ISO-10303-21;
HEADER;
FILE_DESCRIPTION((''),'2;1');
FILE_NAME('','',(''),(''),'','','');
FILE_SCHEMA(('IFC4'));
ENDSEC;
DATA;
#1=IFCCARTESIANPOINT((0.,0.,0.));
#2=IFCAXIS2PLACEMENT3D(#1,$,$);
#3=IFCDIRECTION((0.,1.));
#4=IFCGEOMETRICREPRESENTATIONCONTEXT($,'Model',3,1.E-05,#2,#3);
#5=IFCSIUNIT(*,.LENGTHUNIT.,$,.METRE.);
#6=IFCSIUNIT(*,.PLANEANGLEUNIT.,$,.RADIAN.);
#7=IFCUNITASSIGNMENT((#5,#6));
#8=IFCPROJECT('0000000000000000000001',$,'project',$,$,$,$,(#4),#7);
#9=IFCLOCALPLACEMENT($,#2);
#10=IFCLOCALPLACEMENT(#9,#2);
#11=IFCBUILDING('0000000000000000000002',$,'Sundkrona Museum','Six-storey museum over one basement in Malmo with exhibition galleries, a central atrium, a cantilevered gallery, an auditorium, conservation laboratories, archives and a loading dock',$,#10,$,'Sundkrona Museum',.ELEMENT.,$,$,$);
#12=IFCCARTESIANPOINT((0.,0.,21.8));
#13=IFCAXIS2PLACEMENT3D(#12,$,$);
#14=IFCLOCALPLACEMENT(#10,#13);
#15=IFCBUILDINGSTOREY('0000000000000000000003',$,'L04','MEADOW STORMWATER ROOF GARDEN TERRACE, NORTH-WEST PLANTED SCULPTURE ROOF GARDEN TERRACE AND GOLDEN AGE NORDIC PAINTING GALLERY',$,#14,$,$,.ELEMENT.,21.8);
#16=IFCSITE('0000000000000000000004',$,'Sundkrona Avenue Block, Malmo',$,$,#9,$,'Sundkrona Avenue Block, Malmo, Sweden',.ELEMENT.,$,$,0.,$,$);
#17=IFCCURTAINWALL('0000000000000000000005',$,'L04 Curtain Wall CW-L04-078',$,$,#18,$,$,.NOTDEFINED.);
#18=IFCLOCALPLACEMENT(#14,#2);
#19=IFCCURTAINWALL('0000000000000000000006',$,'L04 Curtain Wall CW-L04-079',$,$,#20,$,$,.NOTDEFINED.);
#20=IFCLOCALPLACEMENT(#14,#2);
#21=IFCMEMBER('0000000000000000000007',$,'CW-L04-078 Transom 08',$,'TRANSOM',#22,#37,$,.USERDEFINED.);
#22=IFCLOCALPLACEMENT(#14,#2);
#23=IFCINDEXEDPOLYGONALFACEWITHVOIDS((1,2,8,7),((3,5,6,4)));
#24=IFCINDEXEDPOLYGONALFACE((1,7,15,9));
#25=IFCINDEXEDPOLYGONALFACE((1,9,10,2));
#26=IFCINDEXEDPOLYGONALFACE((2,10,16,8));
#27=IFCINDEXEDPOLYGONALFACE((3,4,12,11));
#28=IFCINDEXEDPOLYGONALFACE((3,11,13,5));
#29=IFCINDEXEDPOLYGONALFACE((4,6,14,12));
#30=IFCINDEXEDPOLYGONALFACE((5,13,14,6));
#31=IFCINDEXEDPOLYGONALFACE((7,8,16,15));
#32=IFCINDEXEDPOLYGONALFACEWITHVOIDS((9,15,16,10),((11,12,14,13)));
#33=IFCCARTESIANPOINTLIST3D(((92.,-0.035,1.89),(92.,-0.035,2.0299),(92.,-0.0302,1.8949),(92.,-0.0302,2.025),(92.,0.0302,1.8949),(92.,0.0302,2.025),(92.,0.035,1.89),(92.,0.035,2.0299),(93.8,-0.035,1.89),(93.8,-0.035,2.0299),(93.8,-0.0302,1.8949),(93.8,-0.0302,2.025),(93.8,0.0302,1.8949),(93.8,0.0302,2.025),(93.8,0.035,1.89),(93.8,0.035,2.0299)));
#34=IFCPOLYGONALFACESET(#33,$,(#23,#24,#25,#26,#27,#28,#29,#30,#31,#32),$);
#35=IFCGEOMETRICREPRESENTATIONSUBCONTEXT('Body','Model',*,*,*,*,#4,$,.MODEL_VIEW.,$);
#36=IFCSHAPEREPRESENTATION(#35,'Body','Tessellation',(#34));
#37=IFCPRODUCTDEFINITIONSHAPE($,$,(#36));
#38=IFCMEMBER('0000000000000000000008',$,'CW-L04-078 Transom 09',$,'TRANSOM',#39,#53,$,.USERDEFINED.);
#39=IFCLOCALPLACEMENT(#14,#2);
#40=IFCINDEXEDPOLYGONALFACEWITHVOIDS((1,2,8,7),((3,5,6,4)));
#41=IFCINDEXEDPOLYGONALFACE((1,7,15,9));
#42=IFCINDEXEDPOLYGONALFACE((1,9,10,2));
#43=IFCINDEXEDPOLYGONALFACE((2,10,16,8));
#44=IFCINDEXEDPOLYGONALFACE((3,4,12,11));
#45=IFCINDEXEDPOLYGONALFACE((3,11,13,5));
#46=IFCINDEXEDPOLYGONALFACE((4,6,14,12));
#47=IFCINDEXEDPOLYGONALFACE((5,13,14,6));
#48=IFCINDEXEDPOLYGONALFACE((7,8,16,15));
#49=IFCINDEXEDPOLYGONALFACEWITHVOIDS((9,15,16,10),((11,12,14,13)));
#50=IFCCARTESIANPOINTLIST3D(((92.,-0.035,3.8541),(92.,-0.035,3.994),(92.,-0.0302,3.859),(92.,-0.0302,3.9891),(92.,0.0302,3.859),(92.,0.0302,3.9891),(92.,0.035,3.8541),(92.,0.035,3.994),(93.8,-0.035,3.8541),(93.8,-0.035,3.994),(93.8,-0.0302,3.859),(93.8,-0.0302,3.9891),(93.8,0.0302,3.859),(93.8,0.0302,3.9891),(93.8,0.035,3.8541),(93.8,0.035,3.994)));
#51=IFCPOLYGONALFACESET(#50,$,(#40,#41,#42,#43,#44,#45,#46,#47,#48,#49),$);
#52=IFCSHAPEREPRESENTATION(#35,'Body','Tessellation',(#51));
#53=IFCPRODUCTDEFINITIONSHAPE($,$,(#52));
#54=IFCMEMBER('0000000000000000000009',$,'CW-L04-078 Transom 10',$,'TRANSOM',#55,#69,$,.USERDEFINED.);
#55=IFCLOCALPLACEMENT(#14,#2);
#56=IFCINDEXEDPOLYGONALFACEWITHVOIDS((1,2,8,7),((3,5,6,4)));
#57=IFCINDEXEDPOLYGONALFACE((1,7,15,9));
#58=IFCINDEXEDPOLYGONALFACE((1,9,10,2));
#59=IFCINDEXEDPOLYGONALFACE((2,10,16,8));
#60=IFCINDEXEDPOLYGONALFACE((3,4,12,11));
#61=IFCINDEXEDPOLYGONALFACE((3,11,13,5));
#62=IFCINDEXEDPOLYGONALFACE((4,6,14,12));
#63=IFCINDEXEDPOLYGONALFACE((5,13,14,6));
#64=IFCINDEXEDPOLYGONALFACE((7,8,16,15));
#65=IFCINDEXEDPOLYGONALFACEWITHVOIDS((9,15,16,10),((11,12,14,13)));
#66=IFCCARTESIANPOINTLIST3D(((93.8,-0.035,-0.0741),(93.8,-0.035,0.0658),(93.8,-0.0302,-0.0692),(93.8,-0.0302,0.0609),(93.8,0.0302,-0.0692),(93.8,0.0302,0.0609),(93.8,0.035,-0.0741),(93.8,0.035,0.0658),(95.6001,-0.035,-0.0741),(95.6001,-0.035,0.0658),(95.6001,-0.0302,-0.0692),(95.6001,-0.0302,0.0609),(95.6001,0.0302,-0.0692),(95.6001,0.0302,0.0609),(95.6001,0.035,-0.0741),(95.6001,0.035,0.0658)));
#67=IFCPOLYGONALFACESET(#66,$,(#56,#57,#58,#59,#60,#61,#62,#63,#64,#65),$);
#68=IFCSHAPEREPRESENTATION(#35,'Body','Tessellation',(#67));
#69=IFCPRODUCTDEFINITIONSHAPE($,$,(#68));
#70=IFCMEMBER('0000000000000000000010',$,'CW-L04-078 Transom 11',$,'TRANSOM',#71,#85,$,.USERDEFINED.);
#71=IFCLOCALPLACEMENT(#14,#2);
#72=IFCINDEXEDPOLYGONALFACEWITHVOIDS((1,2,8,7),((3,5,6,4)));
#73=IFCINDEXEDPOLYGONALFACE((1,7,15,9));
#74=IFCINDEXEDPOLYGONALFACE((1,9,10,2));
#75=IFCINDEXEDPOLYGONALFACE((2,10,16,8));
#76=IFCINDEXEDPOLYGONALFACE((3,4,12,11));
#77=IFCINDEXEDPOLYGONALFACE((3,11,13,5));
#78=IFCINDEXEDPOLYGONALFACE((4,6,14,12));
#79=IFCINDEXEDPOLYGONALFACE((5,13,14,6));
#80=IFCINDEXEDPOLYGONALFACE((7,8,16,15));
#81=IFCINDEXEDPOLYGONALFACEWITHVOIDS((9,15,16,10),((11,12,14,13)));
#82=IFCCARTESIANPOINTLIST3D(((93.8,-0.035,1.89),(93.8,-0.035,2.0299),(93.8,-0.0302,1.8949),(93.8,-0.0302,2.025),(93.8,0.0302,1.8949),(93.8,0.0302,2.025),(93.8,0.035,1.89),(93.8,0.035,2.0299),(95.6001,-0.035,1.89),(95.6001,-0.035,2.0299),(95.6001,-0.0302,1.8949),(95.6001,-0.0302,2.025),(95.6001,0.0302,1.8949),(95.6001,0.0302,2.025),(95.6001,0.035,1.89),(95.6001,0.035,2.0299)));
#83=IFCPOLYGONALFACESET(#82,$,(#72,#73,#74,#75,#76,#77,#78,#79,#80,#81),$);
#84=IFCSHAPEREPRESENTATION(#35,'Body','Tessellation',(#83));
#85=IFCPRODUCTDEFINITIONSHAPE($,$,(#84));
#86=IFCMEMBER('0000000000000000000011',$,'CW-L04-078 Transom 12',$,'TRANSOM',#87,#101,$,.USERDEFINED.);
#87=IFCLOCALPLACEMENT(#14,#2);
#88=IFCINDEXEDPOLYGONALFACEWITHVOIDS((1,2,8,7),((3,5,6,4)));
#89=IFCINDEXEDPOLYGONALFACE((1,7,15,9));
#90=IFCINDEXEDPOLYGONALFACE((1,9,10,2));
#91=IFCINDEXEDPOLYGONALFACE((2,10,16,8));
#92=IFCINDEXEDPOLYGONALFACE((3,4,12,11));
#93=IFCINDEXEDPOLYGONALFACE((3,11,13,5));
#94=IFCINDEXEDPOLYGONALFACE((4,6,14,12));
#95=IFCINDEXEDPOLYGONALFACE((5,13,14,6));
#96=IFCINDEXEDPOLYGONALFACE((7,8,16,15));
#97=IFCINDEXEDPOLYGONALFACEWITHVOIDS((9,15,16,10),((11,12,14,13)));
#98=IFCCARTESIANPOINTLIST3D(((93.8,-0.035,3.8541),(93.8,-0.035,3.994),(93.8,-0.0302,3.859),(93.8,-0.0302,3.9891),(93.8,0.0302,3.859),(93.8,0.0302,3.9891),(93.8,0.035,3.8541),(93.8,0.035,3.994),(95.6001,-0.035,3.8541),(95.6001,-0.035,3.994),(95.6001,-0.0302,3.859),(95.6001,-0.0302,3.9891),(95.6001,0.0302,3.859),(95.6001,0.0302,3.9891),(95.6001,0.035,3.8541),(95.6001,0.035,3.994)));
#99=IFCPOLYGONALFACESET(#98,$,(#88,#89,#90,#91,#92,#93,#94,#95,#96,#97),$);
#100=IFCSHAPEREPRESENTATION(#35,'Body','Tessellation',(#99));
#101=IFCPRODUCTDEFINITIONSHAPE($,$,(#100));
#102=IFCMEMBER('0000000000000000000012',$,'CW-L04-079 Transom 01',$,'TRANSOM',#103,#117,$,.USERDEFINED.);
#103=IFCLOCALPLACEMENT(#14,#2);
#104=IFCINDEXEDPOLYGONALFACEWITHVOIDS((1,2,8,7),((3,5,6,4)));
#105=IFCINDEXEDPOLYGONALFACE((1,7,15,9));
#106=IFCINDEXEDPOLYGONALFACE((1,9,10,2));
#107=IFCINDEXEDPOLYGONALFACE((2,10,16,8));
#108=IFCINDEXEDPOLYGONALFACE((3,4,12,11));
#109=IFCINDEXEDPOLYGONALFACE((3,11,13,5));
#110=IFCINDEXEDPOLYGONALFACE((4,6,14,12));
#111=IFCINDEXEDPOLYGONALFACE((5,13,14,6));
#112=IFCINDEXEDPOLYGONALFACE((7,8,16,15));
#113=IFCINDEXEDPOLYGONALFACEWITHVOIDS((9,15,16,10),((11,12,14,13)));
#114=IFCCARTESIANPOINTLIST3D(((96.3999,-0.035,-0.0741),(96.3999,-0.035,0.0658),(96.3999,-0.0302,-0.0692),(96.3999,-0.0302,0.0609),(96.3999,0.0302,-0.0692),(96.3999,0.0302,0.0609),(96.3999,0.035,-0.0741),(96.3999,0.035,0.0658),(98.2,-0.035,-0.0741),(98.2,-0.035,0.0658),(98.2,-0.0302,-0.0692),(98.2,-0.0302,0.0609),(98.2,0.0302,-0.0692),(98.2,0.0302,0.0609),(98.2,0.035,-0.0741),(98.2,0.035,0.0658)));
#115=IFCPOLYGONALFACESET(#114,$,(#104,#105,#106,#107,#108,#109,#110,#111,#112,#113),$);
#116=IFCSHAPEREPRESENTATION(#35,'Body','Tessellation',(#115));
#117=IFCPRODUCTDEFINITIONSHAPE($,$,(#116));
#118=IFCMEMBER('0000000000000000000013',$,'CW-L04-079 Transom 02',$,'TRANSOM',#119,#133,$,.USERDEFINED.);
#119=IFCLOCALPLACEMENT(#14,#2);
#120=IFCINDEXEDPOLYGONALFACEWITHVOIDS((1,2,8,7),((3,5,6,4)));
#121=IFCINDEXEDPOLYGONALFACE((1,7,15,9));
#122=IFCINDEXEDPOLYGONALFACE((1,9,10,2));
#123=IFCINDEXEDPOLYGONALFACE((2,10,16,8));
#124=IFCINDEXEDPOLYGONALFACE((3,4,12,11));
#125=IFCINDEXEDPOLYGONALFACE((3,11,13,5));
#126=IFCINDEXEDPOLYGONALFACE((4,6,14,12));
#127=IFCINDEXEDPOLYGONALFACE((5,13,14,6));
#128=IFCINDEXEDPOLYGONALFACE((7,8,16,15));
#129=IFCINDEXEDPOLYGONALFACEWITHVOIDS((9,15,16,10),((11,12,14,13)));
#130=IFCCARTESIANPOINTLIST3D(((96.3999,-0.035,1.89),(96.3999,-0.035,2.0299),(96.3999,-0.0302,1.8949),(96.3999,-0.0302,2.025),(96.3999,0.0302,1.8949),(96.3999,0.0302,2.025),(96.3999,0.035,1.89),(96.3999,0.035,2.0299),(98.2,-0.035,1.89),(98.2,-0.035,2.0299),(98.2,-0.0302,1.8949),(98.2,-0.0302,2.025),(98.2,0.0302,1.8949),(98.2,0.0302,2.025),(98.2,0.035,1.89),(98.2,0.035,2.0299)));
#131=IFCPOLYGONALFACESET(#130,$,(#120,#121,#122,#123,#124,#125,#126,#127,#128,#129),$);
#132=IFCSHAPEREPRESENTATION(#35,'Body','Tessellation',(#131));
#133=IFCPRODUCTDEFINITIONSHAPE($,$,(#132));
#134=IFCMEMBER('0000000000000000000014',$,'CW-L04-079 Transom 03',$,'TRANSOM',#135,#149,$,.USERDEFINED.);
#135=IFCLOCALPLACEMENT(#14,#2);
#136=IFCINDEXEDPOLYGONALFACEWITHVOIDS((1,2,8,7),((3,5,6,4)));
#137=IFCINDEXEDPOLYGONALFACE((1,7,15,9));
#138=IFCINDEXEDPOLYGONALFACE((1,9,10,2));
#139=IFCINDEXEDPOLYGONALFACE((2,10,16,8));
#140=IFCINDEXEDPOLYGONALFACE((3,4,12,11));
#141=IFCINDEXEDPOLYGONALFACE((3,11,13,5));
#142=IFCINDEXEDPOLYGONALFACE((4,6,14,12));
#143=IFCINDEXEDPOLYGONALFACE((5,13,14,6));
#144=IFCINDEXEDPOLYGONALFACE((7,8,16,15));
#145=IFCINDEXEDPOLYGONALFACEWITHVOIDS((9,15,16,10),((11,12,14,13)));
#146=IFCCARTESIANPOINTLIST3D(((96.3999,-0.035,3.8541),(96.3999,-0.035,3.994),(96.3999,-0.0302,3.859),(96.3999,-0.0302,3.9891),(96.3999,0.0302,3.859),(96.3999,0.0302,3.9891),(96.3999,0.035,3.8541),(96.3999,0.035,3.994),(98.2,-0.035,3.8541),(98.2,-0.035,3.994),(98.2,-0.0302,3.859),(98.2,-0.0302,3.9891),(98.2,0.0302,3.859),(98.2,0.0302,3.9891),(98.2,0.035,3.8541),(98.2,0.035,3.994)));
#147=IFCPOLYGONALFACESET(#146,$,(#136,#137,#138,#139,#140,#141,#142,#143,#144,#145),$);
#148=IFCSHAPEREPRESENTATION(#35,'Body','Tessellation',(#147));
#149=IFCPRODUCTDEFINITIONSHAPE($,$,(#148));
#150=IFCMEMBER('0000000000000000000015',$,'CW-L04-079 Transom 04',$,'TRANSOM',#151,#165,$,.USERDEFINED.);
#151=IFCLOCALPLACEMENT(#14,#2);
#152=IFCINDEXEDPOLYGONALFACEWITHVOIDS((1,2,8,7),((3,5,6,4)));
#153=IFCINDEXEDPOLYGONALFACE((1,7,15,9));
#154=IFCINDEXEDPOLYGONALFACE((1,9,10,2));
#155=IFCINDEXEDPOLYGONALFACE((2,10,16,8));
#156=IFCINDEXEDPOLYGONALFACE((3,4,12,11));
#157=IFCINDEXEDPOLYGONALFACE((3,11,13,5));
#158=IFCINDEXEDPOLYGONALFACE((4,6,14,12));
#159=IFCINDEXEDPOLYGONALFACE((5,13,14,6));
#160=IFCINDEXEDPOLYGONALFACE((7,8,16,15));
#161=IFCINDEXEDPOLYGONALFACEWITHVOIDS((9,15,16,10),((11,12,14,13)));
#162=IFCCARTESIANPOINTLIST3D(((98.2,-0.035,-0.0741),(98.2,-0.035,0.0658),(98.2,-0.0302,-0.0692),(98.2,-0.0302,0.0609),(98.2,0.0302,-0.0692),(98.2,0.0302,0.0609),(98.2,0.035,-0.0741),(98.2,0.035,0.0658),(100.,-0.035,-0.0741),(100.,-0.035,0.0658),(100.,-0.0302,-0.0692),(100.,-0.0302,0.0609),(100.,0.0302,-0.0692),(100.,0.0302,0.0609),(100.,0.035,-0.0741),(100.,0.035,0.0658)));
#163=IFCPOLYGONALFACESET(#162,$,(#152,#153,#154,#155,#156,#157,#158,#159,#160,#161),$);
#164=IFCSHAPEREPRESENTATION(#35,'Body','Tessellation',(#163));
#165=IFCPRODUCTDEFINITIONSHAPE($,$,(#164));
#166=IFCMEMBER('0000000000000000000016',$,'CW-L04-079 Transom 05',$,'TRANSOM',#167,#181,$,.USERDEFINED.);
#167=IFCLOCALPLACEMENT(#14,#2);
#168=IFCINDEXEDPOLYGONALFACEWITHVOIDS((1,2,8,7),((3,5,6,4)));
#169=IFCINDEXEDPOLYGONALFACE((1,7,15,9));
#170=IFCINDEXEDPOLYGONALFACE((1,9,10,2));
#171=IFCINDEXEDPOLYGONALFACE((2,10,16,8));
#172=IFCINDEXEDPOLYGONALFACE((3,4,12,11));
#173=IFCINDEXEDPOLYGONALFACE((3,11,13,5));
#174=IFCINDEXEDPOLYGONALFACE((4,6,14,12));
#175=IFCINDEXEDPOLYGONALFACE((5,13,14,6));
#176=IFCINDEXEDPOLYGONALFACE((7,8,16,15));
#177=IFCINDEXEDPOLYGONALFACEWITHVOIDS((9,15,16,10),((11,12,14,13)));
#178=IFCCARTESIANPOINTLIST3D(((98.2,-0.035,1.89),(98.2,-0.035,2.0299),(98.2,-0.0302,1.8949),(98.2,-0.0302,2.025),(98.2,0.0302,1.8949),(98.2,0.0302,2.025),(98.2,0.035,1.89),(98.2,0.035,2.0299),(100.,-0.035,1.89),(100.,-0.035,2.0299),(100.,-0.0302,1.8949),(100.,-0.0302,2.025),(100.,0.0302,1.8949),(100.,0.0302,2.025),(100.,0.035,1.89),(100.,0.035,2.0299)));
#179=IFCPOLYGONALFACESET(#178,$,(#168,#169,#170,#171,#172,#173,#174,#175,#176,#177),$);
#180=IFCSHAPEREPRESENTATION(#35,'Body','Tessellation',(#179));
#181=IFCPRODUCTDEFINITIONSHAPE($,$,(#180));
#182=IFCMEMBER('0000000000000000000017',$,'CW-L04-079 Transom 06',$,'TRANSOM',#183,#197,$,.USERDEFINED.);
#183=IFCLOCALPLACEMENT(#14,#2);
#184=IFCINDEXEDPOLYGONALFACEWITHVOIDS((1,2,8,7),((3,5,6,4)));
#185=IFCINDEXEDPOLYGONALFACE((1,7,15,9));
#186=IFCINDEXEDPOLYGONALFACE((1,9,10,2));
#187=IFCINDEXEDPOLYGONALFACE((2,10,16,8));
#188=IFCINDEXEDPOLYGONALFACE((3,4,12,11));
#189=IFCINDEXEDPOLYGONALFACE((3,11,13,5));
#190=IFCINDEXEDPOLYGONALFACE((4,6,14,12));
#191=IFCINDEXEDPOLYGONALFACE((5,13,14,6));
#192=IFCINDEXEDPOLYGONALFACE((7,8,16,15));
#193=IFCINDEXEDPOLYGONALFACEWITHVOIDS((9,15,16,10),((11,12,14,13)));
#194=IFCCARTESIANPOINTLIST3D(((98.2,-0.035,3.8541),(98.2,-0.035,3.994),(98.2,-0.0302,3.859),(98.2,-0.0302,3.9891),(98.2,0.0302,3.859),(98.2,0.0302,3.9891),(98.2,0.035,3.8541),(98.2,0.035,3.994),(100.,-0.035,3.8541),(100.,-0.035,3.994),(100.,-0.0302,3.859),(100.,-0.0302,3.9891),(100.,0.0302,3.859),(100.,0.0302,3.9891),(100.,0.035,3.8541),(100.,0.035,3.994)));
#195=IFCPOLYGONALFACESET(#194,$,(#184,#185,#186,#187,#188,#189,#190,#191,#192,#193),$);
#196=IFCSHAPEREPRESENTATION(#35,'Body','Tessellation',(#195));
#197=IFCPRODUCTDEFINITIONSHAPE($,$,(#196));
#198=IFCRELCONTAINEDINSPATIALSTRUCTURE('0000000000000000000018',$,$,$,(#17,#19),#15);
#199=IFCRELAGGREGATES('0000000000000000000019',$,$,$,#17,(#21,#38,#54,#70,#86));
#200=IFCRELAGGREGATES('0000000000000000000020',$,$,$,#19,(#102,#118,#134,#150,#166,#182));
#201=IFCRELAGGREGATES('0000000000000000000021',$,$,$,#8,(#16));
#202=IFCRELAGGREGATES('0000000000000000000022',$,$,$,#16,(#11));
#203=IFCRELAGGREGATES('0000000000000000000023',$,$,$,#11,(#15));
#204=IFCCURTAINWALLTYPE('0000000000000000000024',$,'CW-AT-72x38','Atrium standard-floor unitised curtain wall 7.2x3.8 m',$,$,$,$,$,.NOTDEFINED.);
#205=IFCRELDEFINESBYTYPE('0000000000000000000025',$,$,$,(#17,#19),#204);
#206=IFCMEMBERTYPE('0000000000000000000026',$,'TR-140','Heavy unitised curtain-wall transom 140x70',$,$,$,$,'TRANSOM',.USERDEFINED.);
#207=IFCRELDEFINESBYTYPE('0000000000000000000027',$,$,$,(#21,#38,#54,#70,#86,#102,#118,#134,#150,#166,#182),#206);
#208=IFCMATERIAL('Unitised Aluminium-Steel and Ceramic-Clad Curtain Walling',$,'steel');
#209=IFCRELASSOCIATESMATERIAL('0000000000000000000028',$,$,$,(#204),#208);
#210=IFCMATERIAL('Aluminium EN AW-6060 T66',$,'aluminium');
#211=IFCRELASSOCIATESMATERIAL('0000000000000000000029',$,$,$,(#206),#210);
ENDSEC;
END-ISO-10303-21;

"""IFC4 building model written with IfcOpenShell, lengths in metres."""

from ifc_helpers import new_model, si_unit, direction, frame, origin, origin_2d, place, context, subcontext, project, spatial, hollow_rectangle, extrude, material, material_profile, profile_set, type_object, element, aggregate, save


model = new_model("IFC4")

# Units and contexts
model_context = context("Model", 3, precision=1e-05, world=origin(), true_north=direction((0.0, 1.0)))
body_context = subcontext(model_context, "Body", "Model", "MODEL_VIEW")
ifc_project = project(units=[si_unit("LENGTHUNIT", "METRE"), si_unit("PLANEANGLEUNIT", "RADIAN")], contexts=[model_context])

# Site, building, storey
site_placement = place(None, origin())
site = spatial("IfcSite", under=ifc_project, at=site_placement, Name="Sundkrona Avenue Block, Malmo", LongName="Sundkrona Avenue Block, Malmo, Sweden", CompositionType="ELEMENT", RefElevation=0.0)
building_placement = place(site_placement, origin())
building = spatial("IfcBuilding", under=site, at=building_placement, Name="Sundkrona Museum", Description="Six-storey museum over one basement in Malmo with exhibition galleries, a central atrium, a cantilevered gallery, an auditorium, conservation laboratories, archives and a loading dock", LongName="Sundkrona Museum", CompositionType="ELEMENT")
storey_placement = place(building_placement, frame((0.0, 0.0, 21.8)))
storey = spatial("IfcBuildingStorey", under=building, at=storey_placement, Name="L04", Description="MEADOW STORMWATER ROOF GARDEN TERRACE, NORTH-WEST PLANTED SCULPTURE ROOF GARDEN TERRACE AND GOLDEN AGE NORDIC PAINTING GALLERY", CompositionType="ELEMENT", Elevation=21.8)

# Curtain walls
ifc_material_1 = material(Name="Unitised Aluminium-Steel and Ceramic-Clad Curtain Walling", Category="steel")
curtain_wall_type = type_object("IfcCurtainWallType", Name="CW-AT-72x38", Description="Atrium standard-floor unitised curtain wall 7.2x3.8 m", PredefinedType="NOTDEFINED", material=ifc_material_1)
curtain_wall_1_placement = place(storey_placement, origin())
curtain_wall_1 = element("IfcCurtainWall", 1, at=curtain_wall_1_placement, inside=storey, type_object=curtain_wall_type, Name="L04 Curtain Wall CW-L04-078", PredefinedType="NOTDEFINED")
ifc_material_2 = material(Name="Aluminium EN AW-6060 T66", Category="aluminium")
curtain_wall_2_placement = place(storey_placement, origin())
curtain_wall_2 = element("IfcCurtainWall", 2, at=curtain_wall_2_placement, inside=storey, type_object=curtain_wall_type, Name="L04 Curtain Wall CW-L04-079", PredefinedType="NOTDEFINED")

# Members
ifc_material_profile_1 = material_profile(ifc_material_2, hollow_rectangle(XDim=0.0701, YDim=0.1399, WallThickness=0.0049, at=origin_2d()), Name="RHS 140x70x5.0")
ifc_profile_set_1 = profile_set([ifc_material_profile_1], Name="Aluminium EN AW-6060 T66")
member_type_1 = type_object("IfcMemberType", Name="TR-140", Description="Heavy unitised curtain-wall transom 140x70", ElementType="TRANSOM", PredefinedType="USERDEFINED", material=ifc_profile_set_1)
member_1_placement = place(storey_placement, frame((92.0, 0.0, 1.96), z_axis=(1.0, 0.0, 0.0), x_axis=(0.0, 1.0, 0.0)))
member_1 = element("IfcMember", 3, at=member_1_placement, type_object=member_type_1, Name="CW-L04-078 Transom 08", ObjectType="TRANSOM", PredefinedType="USERDEFINED", context=body_context, shape_type="SweptSolid", body=[
    extrude(hollow_rectangle(XDim=0.0701, YDim=0.1399, WallThickness=0.0049, at=origin_2d()), origin(), (0.0, 0.0, 1.0), 1.8),
])
member_2_placement = place(storey_placement, frame((92.0, 0.0, 3.9241), z_axis=(1.0, 0.0, 0.0), x_axis=(0.0, 1.0, 0.0)))
member_2 = element("IfcMember", 4, at=member_2_placement, type_object=member_type_1, Name="CW-L04-078 Transom 09", ObjectType="TRANSOM", PredefinedType="USERDEFINED", context=body_context, shape_type="SweptSolid", body=[
    extrude(hollow_rectangle(XDim=0.0701, YDim=0.1399, WallThickness=0.0049, at=origin_2d()), origin(), (0.0, 0.0, 1.0), 1.8),
])
member_3_placement = place(storey_placement, frame((93.8, 0.0, -0.0042), z_axis=(1.0, 0.0, 0.0), x_axis=(0.0, 1.0, 0.0)))
member_3 = element("IfcMember", 5, at=member_3_placement, type_object=member_type_1, Name="CW-L04-078 Transom 10", ObjectType="TRANSOM", PredefinedType="USERDEFINED", context=body_context, shape_type="SweptSolid", body=[
    extrude(hollow_rectangle(XDim=0.0701, YDim=0.1399, WallThickness=0.0049, at=origin_2d()), origin(), (0.0, 0.0, 1.0), 1.8),
])
member_4_placement = place(storey_placement, frame((93.8, 0.0, 1.96), z_axis=(1.0, 0.0, 0.0), x_axis=(0.0, 1.0, 0.0)))
member_4 = element("IfcMember", 6, at=member_4_placement, type_object=member_type_1, Name="CW-L04-078 Transom 11", ObjectType="TRANSOM", PredefinedType="USERDEFINED", context=body_context, shape_type="SweptSolid", body=[
    extrude(hollow_rectangle(XDim=0.0701, YDim=0.1399, WallThickness=0.0049, at=origin_2d()), origin(), (0.0, 0.0, 1.0), 1.8),
])
member_5_placement = place(storey_placement, frame((93.8, 0.0, 3.9241), z_axis=(1.0, 0.0, 0.0), x_axis=(0.0, 1.0, 0.0)))
member_5 = element("IfcMember", 7, at=member_5_placement, type_object=member_type_1, Name="CW-L04-078 Transom 12", ObjectType="TRANSOM", PredefinedType="USERDEFINED", context=body_context, shape_type="SweptSolid", body=[
    extrude(hollow_rectangle(XDim=0.0701, YDim=0.1399, WallThickness=0.0049, at=origin_2d()), origin(), (0.0, 0.0, 1.0), 1.8),
])
member_6_placement = place(storey_placement, frame((96.3999, 0.0, -0.0042), z_axis=(1.0, 0.0, 0.0), x_axis=(0.0, 1.0, 0.0)))
member_6 = element("IfcMember", 8, at=member_6_placement, type_object=member_type_1, Name="CW-L04-079 Transom 01", ObjectType="TRANSOM", PredefinedType="USERDEFINED", context=body_context, shape_type="SweptSolid", body=[
    extrude(hollow_rectangle(XDim=0.0701, YDim=0.1399, WallThickness=0.0049, at=origin_2d()), origin(), (0.0, 0.0, 1.0), 1.8),
])
member_7_placement = place(storey_placement, frame((96.3999, 0.0, 1.96), z_axis=(1.0, 0.0, 0.0), x_axis=(0.0, 1.0, 0.0)))
member_7 = element("IfcMember", 9, at=member_7_placement, type_object=member_type_1, Name="CW-L04-079 Transom 02", ObjectType="TRANSOM", PredefinedType="USERDEFINED", context=body_context, shape_type="SweptSolid", body=[
    extrude(hollow_rectangle(XDim=0.0701, YDim=0.1399, WallThickness=0.0049, at=origin_2d()), origin(), (0.0, 0.0, 1.0), 1.8),
])
member_8_placement = place(storey_placement, frame((96.3999, 0.0, 3.9241), z_axis=(1.0, 0.0, 0.0), x_axis=(0.0, 1.0, 0.0)))
member_8 = element("IfcMember", 10, at=member_8_placement, type_object=member_type_1, Name="CW-L04-079 Transom 03", ObjectType="TRANSOM", PredefinedType="USERDEFINED", context=body_context, shape_type="SweptSolid", body=[
    extrude(hollow_rectangle(XDim=0.0701, YDim=0.1399, WallThickness=0.0049, at=origin_2d()), origin(), (0.0, 0.0, 1.0), 1.8),
])
member_9_placement = place(storey_placement, frame((98.2, 0.0, -0.0042), z_axis=(1.0, 0.0, 0.0), x_axis=(0.0, 1.0, 0.0)))
member_9 = element("IfcMember", 11, at=member_9_placement, type_object=member_type_1, Name="CW-L04-079 Transom 04", ObjectType="TRANSOM", PredefinedType="USERDEFINED", context=body_context, shape_type="SweptSolid", body=[
    extrude(hollow_rectangle(XDim=0.0701, YDim=0.1399, WallThickness=0.0049, at=origin_2d()), origin(), (0.0, 0.0, 1.0), 1.8),
])
member_10_placement = place(storey_placement, frame((98.2, 0.0, 1.96), z_axis=(1.0, 0.0, 0.0), x_axis=(0.0, 1.0, 0.0)))
member_10 = element("IfcMember", 12, at=member_10_placement, type_object=member_type_1, Name="CW-L04-079 Transom 05", ObjectType="TRANSOM", PredefinedType="USERDEFINED", context=body_context, shape_type="SweptSolid", body=[
    extrude(hollow_rectangle(XDim=0.0701, YDim=0.1399, WallThickness=0.0049, at=origin_2d()), origin(), (0.0, 0.0, 1.0), 1.8),
])
member_11_placement = place(storey_placement, frame((98.2, 0.0, 3.9241), z_axis=(1.0, 0.0, 0.0), x_axis=(0.0, 1.0, 0.0)))
member_11 = element("IfcMember", 13, at=member_11_placement, type_object=member_type_1, Name="CW-L04-079 Transom 06", ObjectType="TRANSOM", PredefinedType="USERDEFINED", context=body_context, shape_type="SweptSolid", body=[
    extrude(hollow_rectangle(XDim=0.0701, YDim=0.1399, WallThickness=0.0049, at=origin_2d()), origin(), (0.0, 0.0, 1.0), 1.8),
])

aggregate(curtain_wall_1, [member_1, member_2, member_3, member_4, member_5])
aggregate(curtain_wall_2, [member_6, member_7, member_8, member_9, member_10, member_11])

save(model, "model.ifc")
